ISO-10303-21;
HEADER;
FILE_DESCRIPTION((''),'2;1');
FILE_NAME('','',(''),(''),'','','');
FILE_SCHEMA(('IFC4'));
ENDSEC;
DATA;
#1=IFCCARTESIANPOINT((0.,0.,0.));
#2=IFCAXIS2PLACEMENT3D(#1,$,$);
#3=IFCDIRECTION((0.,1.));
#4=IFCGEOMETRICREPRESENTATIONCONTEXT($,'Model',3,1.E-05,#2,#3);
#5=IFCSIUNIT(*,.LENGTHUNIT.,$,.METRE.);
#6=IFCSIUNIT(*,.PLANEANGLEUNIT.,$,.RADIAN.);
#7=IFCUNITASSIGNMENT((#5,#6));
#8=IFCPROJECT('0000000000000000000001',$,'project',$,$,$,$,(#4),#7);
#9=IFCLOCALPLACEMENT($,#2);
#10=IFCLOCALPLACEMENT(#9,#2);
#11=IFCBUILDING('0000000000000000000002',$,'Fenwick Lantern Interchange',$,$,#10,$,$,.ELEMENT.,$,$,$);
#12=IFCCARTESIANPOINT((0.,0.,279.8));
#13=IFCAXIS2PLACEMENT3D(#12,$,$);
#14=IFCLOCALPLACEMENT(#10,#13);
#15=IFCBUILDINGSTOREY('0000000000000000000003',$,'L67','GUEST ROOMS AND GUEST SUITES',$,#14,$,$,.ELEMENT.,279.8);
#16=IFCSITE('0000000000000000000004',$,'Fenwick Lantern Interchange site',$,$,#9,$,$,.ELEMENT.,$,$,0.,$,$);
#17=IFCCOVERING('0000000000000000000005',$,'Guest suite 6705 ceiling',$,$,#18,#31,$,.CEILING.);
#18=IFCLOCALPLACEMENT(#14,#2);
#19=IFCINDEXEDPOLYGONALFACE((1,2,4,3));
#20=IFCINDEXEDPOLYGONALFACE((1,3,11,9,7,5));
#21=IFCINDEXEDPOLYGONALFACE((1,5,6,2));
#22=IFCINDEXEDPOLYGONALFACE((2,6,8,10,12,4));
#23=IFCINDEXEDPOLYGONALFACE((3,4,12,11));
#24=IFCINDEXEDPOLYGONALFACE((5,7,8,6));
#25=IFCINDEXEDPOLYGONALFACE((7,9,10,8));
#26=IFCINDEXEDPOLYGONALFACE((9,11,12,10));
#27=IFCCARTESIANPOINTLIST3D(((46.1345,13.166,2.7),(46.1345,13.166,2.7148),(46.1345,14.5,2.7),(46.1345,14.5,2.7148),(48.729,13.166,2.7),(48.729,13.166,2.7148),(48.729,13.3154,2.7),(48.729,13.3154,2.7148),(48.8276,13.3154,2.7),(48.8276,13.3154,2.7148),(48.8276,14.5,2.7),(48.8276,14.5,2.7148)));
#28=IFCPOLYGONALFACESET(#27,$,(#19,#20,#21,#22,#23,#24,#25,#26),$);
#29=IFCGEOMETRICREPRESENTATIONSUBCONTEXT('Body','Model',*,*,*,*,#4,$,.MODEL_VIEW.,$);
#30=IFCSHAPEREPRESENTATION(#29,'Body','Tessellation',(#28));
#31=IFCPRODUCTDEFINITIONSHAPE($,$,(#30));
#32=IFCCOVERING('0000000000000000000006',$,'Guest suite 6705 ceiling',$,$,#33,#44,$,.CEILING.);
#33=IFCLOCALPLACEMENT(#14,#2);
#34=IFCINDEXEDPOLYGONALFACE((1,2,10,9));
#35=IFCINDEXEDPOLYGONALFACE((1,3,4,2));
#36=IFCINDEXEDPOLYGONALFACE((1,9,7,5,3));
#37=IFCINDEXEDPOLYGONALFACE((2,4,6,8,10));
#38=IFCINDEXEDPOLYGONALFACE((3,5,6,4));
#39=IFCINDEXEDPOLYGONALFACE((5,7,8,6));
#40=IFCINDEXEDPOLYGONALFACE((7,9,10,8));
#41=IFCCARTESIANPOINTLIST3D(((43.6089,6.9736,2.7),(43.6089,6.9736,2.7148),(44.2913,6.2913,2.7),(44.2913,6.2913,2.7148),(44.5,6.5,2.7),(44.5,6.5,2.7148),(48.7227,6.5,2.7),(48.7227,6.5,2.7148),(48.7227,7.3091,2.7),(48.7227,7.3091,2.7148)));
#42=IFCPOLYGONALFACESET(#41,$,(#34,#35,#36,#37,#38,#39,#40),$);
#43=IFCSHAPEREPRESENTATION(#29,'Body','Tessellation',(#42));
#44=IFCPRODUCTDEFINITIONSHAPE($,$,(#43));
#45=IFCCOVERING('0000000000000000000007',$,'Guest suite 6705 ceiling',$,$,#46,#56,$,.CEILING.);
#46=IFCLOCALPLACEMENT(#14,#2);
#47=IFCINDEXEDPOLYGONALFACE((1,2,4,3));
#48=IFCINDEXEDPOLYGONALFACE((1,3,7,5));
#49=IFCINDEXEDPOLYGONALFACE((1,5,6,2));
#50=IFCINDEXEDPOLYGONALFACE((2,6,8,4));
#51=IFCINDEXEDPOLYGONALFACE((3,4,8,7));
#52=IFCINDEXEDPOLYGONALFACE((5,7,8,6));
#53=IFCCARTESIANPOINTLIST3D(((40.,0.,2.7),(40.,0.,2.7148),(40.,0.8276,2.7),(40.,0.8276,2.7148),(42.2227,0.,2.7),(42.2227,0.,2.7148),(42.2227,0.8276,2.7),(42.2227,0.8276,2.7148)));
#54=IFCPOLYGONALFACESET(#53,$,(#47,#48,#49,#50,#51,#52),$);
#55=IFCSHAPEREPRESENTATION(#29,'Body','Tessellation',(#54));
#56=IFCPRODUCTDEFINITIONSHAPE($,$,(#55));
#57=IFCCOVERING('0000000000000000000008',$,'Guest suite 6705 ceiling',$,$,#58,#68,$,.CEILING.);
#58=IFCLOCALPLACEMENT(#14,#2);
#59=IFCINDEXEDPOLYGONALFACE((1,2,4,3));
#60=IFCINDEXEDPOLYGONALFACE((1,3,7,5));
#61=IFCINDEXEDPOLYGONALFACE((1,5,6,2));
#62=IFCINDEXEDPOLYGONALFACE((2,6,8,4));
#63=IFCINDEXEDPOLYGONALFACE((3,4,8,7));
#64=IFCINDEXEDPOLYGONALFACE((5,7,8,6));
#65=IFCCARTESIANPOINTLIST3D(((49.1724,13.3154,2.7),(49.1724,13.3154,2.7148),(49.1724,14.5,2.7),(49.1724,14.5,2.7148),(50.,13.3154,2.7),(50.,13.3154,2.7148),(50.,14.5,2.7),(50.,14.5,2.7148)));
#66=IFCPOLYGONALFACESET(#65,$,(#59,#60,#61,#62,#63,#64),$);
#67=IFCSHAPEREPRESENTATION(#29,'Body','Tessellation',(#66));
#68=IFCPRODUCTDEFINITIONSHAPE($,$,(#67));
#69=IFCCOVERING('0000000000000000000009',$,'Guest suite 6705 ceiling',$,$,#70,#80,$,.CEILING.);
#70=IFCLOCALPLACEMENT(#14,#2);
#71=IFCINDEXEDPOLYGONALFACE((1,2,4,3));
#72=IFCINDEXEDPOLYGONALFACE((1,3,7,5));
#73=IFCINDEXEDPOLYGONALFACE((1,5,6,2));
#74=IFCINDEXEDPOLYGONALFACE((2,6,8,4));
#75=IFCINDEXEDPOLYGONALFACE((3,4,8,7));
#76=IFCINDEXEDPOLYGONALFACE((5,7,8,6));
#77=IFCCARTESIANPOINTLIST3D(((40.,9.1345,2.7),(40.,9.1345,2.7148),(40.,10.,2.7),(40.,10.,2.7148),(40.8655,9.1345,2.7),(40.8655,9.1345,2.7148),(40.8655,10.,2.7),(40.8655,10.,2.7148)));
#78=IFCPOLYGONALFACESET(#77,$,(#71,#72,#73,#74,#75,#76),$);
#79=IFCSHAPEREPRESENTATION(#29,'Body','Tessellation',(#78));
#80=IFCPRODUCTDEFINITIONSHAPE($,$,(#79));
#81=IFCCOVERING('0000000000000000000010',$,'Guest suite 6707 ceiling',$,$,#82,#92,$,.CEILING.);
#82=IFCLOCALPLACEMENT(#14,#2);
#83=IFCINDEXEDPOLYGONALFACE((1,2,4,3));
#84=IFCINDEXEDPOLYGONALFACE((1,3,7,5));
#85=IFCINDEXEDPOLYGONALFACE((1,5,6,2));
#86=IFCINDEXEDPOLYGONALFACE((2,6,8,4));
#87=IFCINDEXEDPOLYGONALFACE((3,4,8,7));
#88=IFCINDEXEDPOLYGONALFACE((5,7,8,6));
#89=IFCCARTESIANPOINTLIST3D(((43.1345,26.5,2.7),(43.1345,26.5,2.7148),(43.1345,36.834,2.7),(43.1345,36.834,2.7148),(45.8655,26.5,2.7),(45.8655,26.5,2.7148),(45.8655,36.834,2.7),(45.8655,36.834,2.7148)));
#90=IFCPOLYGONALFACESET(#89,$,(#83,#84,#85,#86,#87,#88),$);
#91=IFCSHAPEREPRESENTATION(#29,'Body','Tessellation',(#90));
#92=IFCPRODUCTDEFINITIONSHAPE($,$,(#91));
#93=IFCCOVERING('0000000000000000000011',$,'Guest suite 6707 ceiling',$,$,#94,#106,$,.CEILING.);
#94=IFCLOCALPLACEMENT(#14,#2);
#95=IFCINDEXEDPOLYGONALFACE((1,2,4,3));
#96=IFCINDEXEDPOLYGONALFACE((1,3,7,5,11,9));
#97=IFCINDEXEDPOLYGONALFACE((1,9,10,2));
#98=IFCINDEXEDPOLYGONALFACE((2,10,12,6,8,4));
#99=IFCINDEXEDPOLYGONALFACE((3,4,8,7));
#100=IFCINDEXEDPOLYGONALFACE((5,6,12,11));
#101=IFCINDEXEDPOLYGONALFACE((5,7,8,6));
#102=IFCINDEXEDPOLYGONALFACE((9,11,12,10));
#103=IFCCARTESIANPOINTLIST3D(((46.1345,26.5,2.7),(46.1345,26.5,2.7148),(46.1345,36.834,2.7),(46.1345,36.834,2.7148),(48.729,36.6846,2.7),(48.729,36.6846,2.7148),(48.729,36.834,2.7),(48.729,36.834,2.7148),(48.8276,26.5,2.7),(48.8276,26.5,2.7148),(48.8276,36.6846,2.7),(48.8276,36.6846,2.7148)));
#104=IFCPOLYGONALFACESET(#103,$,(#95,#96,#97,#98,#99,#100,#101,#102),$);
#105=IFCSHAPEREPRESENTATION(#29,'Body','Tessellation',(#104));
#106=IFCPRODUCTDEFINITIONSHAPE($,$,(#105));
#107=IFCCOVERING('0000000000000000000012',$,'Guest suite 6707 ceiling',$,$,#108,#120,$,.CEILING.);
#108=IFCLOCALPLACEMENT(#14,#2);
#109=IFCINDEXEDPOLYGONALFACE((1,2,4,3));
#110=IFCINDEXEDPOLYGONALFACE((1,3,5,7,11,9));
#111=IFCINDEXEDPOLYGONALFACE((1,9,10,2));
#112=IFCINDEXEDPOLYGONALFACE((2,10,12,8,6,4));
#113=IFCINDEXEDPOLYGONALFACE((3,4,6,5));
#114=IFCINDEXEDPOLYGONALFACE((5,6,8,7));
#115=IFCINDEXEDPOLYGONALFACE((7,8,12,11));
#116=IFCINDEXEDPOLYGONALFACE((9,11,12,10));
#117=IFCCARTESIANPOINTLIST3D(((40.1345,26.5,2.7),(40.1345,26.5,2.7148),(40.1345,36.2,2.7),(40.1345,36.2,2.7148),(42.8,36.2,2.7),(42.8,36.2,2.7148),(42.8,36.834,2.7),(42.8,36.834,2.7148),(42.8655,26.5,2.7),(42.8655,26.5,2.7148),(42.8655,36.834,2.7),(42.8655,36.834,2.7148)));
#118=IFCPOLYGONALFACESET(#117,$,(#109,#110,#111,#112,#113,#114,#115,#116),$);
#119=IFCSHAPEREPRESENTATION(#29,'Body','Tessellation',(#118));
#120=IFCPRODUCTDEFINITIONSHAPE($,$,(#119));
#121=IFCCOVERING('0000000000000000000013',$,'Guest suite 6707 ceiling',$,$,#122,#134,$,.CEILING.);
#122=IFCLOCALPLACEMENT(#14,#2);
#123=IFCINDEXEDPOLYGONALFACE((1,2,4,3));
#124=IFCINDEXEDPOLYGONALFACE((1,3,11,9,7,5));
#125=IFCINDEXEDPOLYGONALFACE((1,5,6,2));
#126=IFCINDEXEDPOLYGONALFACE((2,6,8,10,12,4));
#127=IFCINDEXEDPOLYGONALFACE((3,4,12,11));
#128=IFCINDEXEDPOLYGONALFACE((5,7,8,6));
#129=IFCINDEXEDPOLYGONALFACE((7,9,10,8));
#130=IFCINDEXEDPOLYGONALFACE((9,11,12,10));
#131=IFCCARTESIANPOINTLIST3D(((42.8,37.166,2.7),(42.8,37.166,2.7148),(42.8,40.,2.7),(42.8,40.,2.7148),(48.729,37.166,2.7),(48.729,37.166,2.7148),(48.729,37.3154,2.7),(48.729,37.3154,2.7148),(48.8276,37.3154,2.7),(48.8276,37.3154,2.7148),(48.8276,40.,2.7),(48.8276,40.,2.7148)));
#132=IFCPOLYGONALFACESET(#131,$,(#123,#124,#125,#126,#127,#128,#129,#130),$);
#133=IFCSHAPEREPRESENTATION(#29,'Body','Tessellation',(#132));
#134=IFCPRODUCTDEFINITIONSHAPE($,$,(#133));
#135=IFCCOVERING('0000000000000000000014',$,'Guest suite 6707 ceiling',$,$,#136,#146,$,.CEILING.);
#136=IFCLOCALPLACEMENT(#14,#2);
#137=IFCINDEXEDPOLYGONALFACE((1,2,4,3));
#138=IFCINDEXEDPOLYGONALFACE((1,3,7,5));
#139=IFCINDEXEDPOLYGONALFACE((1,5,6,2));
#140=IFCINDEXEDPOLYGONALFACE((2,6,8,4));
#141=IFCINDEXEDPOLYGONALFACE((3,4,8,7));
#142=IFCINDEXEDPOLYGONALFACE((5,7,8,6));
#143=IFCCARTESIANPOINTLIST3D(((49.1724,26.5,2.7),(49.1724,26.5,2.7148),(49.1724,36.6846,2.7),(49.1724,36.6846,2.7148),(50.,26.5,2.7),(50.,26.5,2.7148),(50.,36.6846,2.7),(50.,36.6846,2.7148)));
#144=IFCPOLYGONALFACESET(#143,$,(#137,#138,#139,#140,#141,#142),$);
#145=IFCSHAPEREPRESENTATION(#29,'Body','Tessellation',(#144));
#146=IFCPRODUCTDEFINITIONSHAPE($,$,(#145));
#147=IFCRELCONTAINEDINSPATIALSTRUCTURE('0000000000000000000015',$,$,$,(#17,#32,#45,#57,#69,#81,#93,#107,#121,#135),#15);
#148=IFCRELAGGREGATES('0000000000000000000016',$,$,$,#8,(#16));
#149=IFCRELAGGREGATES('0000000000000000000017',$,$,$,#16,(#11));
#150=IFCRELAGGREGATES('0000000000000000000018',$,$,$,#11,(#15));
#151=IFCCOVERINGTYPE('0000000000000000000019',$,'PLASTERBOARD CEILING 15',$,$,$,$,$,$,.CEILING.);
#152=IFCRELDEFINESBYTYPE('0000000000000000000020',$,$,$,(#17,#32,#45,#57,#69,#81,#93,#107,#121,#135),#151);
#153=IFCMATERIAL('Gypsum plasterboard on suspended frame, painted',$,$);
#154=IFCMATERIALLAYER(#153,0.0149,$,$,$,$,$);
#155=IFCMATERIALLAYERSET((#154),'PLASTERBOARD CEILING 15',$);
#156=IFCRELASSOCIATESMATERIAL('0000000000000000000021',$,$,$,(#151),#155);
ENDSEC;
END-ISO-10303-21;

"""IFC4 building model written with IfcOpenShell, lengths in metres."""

from ifc_helpers import new_model, si_unit, direction, frame, origin, place, context, subcontext, project, spatial, polyline, outline, extrude, material, layer, layer_set, type_object, element, save


model = new_model("IFC4")

# Units and contexts
model_context = context("Model", 3, precision=1e-05, world=origin(), true_north=direction((0.0, 1.0)))
body_context = subcontext(model_context, "Body", "Model", "MODEL_VIEW")
ifc_project = project(units=[si_unit("LENGTHUNIT", "METRE"), si_unit("PLANEANGLEUNIT", "RADIAN")], contexts=[model_context])

# Site, building, storey
site_placement = place(None, origin())
site = spatial("IfcSite", under=ifc_project, at=site_placement, Name="Fenwick Lantern Interchange site", CompositionType="ELEMENT", RefElevation=0.0)
building_placement = place(site_placement, origin())
building = spatial("IfcBuilding", under=site, at=building_placement, Name="Fenwick Lantern Interchange", CompositionType="ELEMENT")
storey_placement = place(building_placement, frame((0.0, 0.0, 279.8)))
storey = spatial("IfcBuildingStorey", under=building, at=storey_placement, Name="L67", Description="GUEST ROOMS AND GUEST SUITES", CompositionType="ELEMENT", Elevation=279.8)

# Coverings
ifc_material = material(Name="Gypsum plasterboard on suspended frame, painted")
ifc_layer = layer(ifc_material, 0.0149)
ifc_layer_set = layer_set([ifc_layer], Name="PLASTERBOARD CEILING 15")
covering_type = type_object("IfcCoveringType", Name="PLASTERBOARD CEILING 15", PredefinedType="CEILING", material=ifc_layer_set)
covering_1_placement = place(storey_placement, frame((0.0, 0.0, 2.7)))
element("IfcCovering", 1, at=covering_1_placement, inside=storey, type_object=covering_type, Name="Guest suite 6705 ceiling", PredefinedType="CEILING", context=body_context, shape_type="SweptSolid", body=[
    extrude(outline(polyline([(48.8276, 14.5), (46.1345, 14.5), (46.1345, 13.166), (48.729, 13.166), (48.729, 13.3154), (48.8276, 13.3154), (48.8276, 14.5)])), origin(), (0.0, 0.0, 1.0), 0.0149),
])
covering_2_placement = place(storey_placement, frame((0.0, 0.0, 2.7)))
element("IfcCovering", 2, at=covering_2_placement, inside=storey, type_object=covering_type, Name="Guest suite 6705 ceiling", PredefinedType="CEILING", context=body_context, shape_type="SweptSolid", body=[
    extrude(outline(polyline([(48.7227, 6.5), (48.7227, 7.3091), (43.6089, 6.9736), (44.2913, 6.2913), (44.5, 6.5), (48.7227, 6.5)])), origin(), (0.0, 0.0, 1.0), 0.0149),
])
covering_3_placement = place(storey_placement, frame((0.0, 0.0, 2.7)))
element("IfcCovering", 3, at=covering_3_placement, inside=storey, type_object=covering_type, Name="Guest suite 6705 ceiling", PredefinedType="CEILING", context=body_context, shape_type="SweptSolid", body=[
    extrude(outline(polyline([(42.2227, 0.0), (42.2227, 0.8276), (40.0, 0.8276), (40.0, 0.0), (42.2227, 0.0)])), origin(), (0.0, 0.0, 1.0), 0.0149),
])
covering_4_placement = place(storey_placement, frame((0.0, 0.0, 2.7)))
element("IfcCovering", 4, at=covering_4_placement, inside=storey, type_object=covering_type, Name="Guest suite 6705 ceiling", PredefinedType="CEILING", context=body_context, shape_type="SweptSolid", body=[
    extrude(outline(polyline([(50.0, 14.5), (49.1724, 14.5), (49.1724, 13.3154), (50.0, 13.3154), (50.0, 14.5)])), origin(), (0.0, 0.0, 1.0), 0.0149),
])
covering_5_placement = place(storey_placement, frame((0.0, 0.0, 2.7)))
element("IfcCovering", 5, at=covering_5_placement, inside=storey, type_object=covering_type, Name="Guest suite 6705 ceiling", PredefinedType="CEILING", context=body_context, shape_type="SweptSolid", body=[
    extrude(outline(polyline([(40.0, 10.0), (40.0, 9.1345), (40.8655, 9.1345), (40.8655, 10.0), (40.0, 10.0)])), origin(), (0.0, 0.0, 1.0), 0.0149),
])
covering_6_placement = place(storey_placement, frame((0.0, 0.0, 2.7)))
element("IfcCovering", 6, at=covering_6_placement, inside=storey, type_object=covering_type, Name="Guest suite 6707 ceiling", PredefinedType="CEILING", context=body_context, shape_type="SweptSolid", body=[
    extrude(outline(polyline([(43.1345, 26.5), (45.8655, 26.5), (45.8655, 36.834), (43.1345, 36.834), (43.1345, 26.5)])), origin(), (0.0, 0.0, 1.0), 0.0149),
])
covering_7_placement = place(storey_placement, frame((0.0, 0.0, 2.7)))
element("IfcCovering", 7, at=covering_7_placement, inside=storey, type_object=covering_type, Name="Guest suite 6707 ceiling", PredefinedType="CEILING", context=body_context, shape_type="SweptSolid", body=[
    extrude(outline(polyline([(48.729, 36.6846), (48.729, 36.834), (46.1345, 36.834), (46.1345, 26.5), (48.8276, 26.5), (48.8276, 36.6846), (48.729, 36.6846)])), origin(), (0.0, 0.0, 1.0), 0.0149),
])
covering_8_placement = place(storey_placement, frame((0.0, 0.0, 2.7)))
element("IfcCovering", 8, at=covering_8_placement, inside=storey, type_object=covering_type, Name="Guest suite 6707 ceiling", PredefinedType="CEILING", context=body_context, shape_type="SweptSolid", body=[
    extrude(outline(polyline([(40.1345, 26.5), (42.8655, 26.5), (42.8655, 36.834), (42.8, 36.834), (42.8, 36.2), (40.1345, 36.2), (40.1345, 26.5)])), origin(), (0.0, 0.0, 1.0), 0.0149),
])
covering_9_placement = place(storey_placement, frame((0.0, 0.0, 2.7)))
element("IfcCovering", 9, at=covering_9_placement, inside=storey, type_object=covering_type, Name="Guest suite 6707 ceiling", PredefinedType="CEILING", context=body_context, shape_type="SweptSolid", body=[
    extrude(outline(polyline([(48.729, 37.3154), (48.8276, 37.3154), (48.8276, 40.0), (42.8, 40.0), (42.8, 37.166), (48.729, 37.166), (48.729, 37.3154)])), origin(), (0.0, 0.0, 1.0), 0.0149),
])
covering_10_placement = place(storey_placement, frame((0.0, 0.0, 2.7)))
element("IfcCovering", 10, at=covering_10_placement, inside=storey, type_object=covering_type, Name="Guest suite 6707 ceiling", PredefinedType="CEILING", context=body_context, shape_type="SweptSolid", body=[
    extrude(outline(polyline([(50.0, 36.6846), (49.1724, 36.6846), (49.1724, 26.5), (50.0, 26.5), (50.0, 36.6846)])), origin(), (0.0, 0.0, 1.0), 0.0149),
])

save(model, "model.ifc")
